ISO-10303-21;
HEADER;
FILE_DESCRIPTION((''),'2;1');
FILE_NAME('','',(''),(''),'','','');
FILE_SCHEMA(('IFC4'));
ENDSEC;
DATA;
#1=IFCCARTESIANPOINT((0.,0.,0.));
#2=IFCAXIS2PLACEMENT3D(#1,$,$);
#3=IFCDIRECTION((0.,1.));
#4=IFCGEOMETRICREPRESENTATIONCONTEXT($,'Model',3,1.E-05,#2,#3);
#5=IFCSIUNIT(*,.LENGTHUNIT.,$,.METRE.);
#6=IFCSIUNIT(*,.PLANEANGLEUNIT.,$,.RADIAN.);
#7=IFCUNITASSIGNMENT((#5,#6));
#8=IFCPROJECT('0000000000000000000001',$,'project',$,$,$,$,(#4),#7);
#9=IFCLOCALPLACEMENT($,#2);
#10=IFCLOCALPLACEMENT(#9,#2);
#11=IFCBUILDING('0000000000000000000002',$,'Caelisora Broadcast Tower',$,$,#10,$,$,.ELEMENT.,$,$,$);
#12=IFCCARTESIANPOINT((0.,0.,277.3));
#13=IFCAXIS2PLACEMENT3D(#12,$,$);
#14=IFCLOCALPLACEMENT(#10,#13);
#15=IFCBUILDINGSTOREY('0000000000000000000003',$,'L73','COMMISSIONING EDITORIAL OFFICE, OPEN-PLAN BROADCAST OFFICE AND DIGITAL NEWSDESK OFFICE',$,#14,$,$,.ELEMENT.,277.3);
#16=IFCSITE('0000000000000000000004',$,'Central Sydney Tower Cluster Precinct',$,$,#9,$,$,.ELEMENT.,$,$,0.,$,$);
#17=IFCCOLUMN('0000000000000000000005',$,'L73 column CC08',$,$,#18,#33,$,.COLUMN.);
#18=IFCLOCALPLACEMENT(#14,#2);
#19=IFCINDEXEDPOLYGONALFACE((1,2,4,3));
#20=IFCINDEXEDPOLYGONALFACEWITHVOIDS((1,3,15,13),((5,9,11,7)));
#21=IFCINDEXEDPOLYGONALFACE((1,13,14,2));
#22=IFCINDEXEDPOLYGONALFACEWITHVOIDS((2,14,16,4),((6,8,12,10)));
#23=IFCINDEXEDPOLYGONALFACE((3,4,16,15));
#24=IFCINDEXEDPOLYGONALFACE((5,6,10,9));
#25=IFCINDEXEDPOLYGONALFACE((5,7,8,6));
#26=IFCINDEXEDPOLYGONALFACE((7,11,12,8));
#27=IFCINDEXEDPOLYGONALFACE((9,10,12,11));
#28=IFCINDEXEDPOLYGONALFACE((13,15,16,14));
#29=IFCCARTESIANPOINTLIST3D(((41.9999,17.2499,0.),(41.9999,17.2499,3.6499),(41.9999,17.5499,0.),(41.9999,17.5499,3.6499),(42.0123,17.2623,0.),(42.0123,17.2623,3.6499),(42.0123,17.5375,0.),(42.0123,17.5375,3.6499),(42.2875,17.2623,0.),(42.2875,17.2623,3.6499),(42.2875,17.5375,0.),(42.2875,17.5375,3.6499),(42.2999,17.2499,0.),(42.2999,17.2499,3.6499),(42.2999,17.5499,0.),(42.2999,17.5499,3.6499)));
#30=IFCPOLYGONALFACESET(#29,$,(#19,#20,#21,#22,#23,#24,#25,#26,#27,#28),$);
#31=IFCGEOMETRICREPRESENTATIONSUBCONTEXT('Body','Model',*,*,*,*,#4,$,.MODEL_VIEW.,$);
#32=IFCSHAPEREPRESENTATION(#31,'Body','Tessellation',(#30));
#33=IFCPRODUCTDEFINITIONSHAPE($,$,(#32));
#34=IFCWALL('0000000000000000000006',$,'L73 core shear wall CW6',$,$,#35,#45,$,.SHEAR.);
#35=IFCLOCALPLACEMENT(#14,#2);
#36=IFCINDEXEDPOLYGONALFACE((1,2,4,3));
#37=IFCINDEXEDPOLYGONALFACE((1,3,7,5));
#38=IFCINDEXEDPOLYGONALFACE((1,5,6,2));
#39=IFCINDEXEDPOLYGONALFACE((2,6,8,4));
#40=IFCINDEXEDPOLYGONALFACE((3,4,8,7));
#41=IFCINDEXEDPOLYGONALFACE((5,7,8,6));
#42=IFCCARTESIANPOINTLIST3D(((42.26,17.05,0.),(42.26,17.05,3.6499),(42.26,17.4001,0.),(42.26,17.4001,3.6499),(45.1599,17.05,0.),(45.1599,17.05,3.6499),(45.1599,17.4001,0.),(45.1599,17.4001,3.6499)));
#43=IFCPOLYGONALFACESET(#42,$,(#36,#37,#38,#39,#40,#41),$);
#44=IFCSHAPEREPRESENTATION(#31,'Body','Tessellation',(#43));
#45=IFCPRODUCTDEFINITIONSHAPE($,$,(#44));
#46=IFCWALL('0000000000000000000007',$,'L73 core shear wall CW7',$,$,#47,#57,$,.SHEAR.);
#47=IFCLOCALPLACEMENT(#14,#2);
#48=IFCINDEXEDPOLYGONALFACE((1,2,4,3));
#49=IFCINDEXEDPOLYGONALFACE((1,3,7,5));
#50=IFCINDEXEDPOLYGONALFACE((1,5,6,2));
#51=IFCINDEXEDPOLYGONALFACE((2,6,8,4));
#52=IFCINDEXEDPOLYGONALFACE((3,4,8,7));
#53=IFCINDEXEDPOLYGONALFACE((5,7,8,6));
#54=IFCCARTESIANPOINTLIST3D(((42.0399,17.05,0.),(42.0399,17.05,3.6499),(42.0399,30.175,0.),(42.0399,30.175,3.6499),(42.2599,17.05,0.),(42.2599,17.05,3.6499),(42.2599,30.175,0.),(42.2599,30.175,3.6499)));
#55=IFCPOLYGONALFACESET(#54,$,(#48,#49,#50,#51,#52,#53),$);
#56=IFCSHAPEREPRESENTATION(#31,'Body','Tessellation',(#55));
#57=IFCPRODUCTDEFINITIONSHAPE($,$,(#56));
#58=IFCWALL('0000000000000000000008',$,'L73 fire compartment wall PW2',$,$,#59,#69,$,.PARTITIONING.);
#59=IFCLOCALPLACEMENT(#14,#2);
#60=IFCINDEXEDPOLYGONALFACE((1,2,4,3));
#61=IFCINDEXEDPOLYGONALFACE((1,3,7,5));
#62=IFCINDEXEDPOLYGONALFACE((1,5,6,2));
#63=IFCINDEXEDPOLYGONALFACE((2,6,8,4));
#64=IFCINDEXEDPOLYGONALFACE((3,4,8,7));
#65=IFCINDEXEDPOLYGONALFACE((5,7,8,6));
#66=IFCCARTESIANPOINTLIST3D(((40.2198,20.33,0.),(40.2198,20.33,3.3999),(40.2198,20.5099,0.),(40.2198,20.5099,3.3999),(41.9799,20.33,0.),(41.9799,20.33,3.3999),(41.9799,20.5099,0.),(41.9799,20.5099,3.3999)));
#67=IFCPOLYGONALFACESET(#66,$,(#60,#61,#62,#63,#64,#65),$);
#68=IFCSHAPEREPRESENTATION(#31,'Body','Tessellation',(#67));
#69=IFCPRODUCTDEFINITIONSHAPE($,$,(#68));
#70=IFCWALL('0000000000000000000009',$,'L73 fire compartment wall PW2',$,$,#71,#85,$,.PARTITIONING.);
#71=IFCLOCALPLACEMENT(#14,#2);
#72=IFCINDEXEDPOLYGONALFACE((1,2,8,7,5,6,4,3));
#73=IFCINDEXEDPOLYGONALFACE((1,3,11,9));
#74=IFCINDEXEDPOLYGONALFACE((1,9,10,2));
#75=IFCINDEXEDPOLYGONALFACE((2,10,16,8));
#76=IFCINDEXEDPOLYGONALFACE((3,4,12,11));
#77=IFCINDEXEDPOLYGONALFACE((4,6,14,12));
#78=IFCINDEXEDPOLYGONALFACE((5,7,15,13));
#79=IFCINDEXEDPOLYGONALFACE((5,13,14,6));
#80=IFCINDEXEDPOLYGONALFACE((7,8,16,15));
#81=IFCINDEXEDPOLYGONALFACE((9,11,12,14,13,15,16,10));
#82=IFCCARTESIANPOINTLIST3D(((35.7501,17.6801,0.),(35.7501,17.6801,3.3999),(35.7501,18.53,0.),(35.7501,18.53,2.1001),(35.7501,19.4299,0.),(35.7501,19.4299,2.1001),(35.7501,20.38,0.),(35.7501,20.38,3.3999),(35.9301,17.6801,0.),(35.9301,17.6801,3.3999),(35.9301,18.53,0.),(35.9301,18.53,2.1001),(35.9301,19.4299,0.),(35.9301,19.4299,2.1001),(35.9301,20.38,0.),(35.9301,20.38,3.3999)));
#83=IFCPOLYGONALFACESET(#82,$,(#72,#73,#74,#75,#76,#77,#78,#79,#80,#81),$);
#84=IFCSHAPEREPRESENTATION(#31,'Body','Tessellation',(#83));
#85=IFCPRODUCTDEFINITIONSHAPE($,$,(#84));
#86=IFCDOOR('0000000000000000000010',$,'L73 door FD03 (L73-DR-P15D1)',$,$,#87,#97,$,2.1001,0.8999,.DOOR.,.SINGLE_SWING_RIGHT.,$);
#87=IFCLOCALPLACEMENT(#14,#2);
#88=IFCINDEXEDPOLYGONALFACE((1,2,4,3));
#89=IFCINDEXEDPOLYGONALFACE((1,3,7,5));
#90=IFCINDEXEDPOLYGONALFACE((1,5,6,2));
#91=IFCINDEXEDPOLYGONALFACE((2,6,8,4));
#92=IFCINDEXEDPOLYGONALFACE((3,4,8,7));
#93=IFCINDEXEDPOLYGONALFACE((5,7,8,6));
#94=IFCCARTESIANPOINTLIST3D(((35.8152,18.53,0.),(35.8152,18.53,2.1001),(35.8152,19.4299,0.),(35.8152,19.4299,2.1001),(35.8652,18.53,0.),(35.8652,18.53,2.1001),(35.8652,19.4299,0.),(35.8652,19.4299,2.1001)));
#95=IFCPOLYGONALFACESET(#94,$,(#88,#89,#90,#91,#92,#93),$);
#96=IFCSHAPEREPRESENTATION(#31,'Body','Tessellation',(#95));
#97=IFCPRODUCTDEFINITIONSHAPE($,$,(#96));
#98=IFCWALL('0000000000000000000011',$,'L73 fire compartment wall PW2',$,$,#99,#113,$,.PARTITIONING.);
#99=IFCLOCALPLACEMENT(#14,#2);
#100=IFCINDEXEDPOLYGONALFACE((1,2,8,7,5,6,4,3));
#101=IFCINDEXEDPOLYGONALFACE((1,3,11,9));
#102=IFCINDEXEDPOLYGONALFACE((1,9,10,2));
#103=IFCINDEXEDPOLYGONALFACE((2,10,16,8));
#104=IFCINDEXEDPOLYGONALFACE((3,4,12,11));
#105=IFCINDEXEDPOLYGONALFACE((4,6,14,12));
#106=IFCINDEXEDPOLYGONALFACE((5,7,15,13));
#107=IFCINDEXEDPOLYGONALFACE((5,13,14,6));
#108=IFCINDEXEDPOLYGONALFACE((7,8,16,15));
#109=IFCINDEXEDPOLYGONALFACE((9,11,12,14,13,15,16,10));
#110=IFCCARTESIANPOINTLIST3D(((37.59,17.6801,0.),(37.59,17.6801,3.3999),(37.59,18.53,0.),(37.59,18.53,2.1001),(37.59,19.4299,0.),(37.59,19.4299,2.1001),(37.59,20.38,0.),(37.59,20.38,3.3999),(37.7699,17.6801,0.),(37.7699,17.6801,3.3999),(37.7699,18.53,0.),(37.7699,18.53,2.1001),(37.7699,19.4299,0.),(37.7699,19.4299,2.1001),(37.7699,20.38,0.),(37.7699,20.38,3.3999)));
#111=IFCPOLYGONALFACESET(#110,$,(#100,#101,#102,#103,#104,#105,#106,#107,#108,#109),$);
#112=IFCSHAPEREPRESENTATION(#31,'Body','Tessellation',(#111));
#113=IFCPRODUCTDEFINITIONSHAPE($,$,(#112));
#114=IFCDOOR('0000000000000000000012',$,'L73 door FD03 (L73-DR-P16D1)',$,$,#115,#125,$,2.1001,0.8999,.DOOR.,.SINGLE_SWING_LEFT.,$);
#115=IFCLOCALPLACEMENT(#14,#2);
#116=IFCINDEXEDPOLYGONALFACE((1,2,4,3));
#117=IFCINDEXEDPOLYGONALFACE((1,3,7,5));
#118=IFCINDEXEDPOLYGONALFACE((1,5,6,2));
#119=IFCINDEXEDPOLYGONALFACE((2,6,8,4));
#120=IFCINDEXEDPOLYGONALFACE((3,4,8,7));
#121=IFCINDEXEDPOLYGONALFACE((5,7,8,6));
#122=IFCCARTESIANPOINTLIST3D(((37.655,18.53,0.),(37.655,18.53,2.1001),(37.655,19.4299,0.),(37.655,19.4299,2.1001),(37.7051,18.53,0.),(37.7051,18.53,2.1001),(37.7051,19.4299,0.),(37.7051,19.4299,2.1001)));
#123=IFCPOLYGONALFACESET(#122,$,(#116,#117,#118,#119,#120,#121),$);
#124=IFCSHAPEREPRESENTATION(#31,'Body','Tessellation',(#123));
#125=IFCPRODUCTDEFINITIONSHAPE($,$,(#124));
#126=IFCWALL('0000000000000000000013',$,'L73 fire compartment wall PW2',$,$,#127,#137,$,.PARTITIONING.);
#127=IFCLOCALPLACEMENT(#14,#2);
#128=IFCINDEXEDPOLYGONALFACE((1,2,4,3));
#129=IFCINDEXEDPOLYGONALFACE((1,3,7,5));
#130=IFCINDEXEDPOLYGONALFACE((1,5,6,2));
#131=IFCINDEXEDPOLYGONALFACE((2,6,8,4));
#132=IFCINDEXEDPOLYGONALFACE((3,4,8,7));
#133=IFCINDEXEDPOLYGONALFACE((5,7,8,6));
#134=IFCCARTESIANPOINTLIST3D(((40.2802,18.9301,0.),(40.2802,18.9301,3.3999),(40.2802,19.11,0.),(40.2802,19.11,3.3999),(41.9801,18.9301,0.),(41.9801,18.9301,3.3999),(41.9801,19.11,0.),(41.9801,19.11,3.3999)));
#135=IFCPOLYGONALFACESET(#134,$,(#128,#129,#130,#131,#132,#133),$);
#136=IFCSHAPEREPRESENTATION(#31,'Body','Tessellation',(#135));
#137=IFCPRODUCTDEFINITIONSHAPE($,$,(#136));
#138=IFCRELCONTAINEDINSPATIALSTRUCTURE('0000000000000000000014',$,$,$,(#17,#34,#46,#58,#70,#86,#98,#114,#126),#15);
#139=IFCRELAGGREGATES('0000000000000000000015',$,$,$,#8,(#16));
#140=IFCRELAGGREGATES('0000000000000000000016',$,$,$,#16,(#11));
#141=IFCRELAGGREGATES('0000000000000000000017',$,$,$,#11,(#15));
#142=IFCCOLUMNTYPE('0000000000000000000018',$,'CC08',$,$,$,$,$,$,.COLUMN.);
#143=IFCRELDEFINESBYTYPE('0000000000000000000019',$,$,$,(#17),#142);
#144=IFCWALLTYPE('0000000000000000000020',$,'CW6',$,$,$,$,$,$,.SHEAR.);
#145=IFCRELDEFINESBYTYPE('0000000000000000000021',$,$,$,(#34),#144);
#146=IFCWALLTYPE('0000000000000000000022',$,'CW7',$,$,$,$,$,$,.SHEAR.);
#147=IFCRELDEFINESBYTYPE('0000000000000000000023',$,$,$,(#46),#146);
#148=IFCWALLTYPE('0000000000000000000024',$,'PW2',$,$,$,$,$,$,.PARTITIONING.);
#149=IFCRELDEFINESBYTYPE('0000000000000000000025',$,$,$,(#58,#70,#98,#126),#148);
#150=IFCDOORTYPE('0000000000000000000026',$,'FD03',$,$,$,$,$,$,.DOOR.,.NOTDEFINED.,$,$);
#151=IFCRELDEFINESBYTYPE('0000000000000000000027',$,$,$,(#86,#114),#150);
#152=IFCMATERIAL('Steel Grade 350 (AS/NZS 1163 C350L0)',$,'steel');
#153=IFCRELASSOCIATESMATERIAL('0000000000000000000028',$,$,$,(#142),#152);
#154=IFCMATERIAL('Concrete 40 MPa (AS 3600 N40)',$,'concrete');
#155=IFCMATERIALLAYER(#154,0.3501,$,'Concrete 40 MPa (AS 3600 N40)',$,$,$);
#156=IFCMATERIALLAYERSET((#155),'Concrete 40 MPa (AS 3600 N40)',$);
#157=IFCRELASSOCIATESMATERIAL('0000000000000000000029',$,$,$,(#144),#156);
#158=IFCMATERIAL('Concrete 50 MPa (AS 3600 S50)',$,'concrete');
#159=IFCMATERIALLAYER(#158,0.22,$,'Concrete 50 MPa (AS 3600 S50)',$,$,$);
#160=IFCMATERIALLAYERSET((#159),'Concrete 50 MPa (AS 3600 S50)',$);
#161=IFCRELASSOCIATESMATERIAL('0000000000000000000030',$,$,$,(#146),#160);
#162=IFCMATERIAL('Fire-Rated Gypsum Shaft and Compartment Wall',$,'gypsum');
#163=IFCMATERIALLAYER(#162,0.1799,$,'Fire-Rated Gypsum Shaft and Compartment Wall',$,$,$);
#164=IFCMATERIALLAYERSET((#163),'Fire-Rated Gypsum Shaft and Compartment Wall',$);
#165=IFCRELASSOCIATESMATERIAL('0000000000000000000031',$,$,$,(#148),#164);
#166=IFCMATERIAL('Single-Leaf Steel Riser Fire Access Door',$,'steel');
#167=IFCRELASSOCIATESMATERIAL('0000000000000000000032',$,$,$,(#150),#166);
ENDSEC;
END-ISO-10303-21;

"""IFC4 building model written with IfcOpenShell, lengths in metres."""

from ifc_helpers import new_model, si_unit, direction, frame, frame_2d, origin, origin_2d, place, context, subcontext, project, spatial, rectangle, hollow_rectangle, extrude, source, transform, mapped, material, layer, layer_set, material_profile, profile_set, type_object, type_shapes, element, fill, save


model = new_model("IFC4")

# Units and contexts
model_context = context("Model", 3, precision=1e-05, world=origin(), true_north=direction((0.0, 1.0)))
body_context = subcontext(model_context, "Body", "Model", "MODEL_VIEW")
ifc_project = project(units=[si_unit("LENGTHUNIT", "METRE"), si_unit("PLANEANGLEUNIT", "RADIAN")], contexts=[model_context])

# Site, building, storey
site_placement = place(None, origin())
site = spatial("IfcSite", under=ifc_project, at=site_placement, Name="Central Sydney Tower Cluster Precinct", CompositionType="ELEMENT", RefElevation=0.0)
building_placement = place(site_placement, origin())
building = spatial("IfcBuilding", under=site, at=building_placement, Name="Caelisora Broadcast Tower", CompositionType="ELEMENT")
storey_placement = place(building_placement, frame((0.0, 0.0, 277.3)))
storey = spatial("IfcBuildingStorey", under=building, at=storey_placement, Name="L73", Description="COMMISSIONING EDITORIAL OFFICE, OPEN-PLAN BROADCAST OFFICE AND DIGITAL NEWSDESK OFFICE", CompositionType="ELEMENT", Elevation=277.3)

# Column
ifc_material_1 = material(Name="Steel Grade 350 (AS/NZS 1163 C350L0)", Category="steel")
ifc_material_profile = material_profile(ifc_material_1, hollow_rectangle(XDim=0.3, YDim=0.3, WallThickness=0.0125, at=origin_2d()), Name="Steel Grade 350 (AS/NZS 1163 C350L0)")
ifc_profile_set = profile_set([ifc_material_profile], Name="Steel Grade 350 (AS/NZS 1163 C350L0)")
column_type = type_object("IfcColumnType", Name="CC08", PredefinedType="COLUMN", material=ifc_profile_set)
shared_shape = source(origin(), body_context, "Body", "SweptSolid", [
    extrude(hollow_rectangle(XDim=0.3, YDim=0.3, WallThickness=0.0125, at=origin_2d()), origin(), (0.0, 0.0, 1.0), 3.6499),
])
type_shapes(column_type, [shared_shape])
column_placement = place(storey_placement, frame((42.1499, 17.3999, 0.0), z_axis=(0.0, 0.0, 1.0), x_axis=(1.0, 0.0, 0.0)))
element("IfcColumn", 1, at=column_placement, inside=storey, type_object=column_type, Name="L73 column CC08", PredefinedType="COLUMN", context=body_context, shape_type="MappedRepresentation", body=[
    mapped(shared_shape, transform((0.0, 0.0, 0.0), scale=1.0)),
])

# Walls
ifc_material_2 = material(Name="Concrete 40 MPa (AS 3600 N40)", Category="concrete")
ifc_layer_1 = layer(ifc_material_2, 0.3501, Name="Concrete 40 MPa (AS 3600 N40)")
ifc_layer_set_1 = layer_set([ifc_layer_1], Name="Concrete 40 MPa (AS 3600 N40)")
wall_type_1 = type_object("IfcWallType", Name="CW6", PredefinedType="SHEAR", material=ifc_layer_set_1)
wall_1_placement = place(storey_placement, frame((42.26, 17.2251, 0.0), z_axis=(0.0, 0.0, 1.0), x_axis=(1.0, 0.0, 0.0)))
element("IfcWall", 2, at=wall_1_placement, inside=storey, type_object=wall_type_1, Name="L73 core shear wall CW6", PredefinedType="SHEAR", context=body_context, shape_type="SweptSolid", body=[
    extrude(rectangle(XDim=2.8999, YDim=0.3501, at=frame_2d((1.45, 0.0))), origin(), (0.0, 0.0, 1.0), 3.6499),
])
ifc_material_3 = material(Name="Concrete 50 MPa (AS 3600 S50)", Category="concrete")
ifc_layer_2 = layer(ifc_material_3, 0.22, Name="Concrete 50 MPa (AS 3600 S50)")
ifc_layer_set_2 = layer_set([ifc_layer_2], Name="Concrete 50 MPa (AS 3600 S50)")
wall_type_2 = type_object("IfcWallType", Name="CW7", PredefinedType="SHEAR", material=ifc_layer_set_2)
wall_2_placement = place(storey_placement, frame((42.1499, 17.05, 0.0), z_axis=(0.0, 0.0, 1.0), x_axis=(0.0, 1.0, 0.0)))
element("IfcWall", 3, at=wall_2_placement, inside=storey, type_object=wall_type_2, Name="L73 core shear wall CW7", PredefinedType="SHEAR", context=body_context, shape_type="SweptSolid", body=[
    extrude(rectangle(XDim=13.125, YDim=0.22, at=frame_2d((6.5625, 0.0))), origin(), (0.0, 0.0, 1.0), 3.6499),
])
ifc_material_4 = material(Name="Fire-Rated Gypsum Shaft and Compartment Wall", Category="gypsum")
ifc_layer_3 = layer(ifc_material_4, 0.1799, Name="Fire-Rated Gypsum Shaft and Compartment Wall")
ifc_layer_set_3 = layer_set([ifc_layer_3], Name="Fire-Rated Gypsum Shaft and Compartment Wall")
wall_type_3 = type_object("IfcWallType", Name="PW2", PredefinedType="PARTITIONING", material=ifc_layer_set_3)
wall_3_placement = place(storey_placement, frame((40.22, 20.4199, 0.0), z_axis=(0.0, 0.0, 1.0), x_axis=(1.0, 0.0, 0.0)))
element("IfcWall", 4, at=wall_3_placement, inside=storey, type_object=wall_type_3, Name="L73 fire compartment wall PW2", PredefinedType="PARTITIONING", context=body_context, shape_type="SweptSolid", body=[
    extrude(rectangle(XDim=1.76, YDim=0.1799, at=frame_2d((0.8799, 0.0))), origin(), (0.0, 0.0, 1.0), 3.3999),
])

# Walls, openings, doors
wall_4_placement = place(storey_placement, frame((35.8401, 17.6799, 0.0), z_axis=(0.0, 0.0, 1.0), x_axis=(0.0, 1.0, 0.0)))
wall_4 = element("IfcWall", 5, at=wall_4_placement, inside=storey, type_object=wall_type_3, Name="L73 fire compartment wall PW2", PredefinedType="PARTITIONING", context=body_context, shape_type="SweptSolid", body=[
    extrude(rectangle(XDim=2.7, YDim=0.1799, at=frame_2d((1.3501, 0.0))), origin(), (0.0, 0.0, 1.0), 3.3999),
])
opening_1_placement = place(wall_4_placement, frame((0.8501, 0.0, 0.0)))
opening_1 = element("IfcOpeningElement", 6, at=opening_1_placement, cuts=wall_4, PredefinedType="OPENING", context=body_context, shape_type="SweptSolid", body=[
    extrude(rectangle(XDim=0.8999, YDim=2.1001, at=frame_2d((0.45, 1.05))), frame((0.0, 0.1021, 0.0), z_axis=(0.0, -1.0, 0.0), x_axis=(1.0, 0.0, 0.0)), (0.0, 0.0, 1.0), 0.2039),
])
ifc_material_5 = material(Name="Single-Leaf Steel Riser Fire Access Door", Category="steel")
door_type = type_object("IfcDoorType", Name="FD03", OperationType="NOTDEFINED", PredefinedType="DOOR", material=ifc_material_5)
door_1_placement = place(opening_1_placement, origin())
door_1 = element("IfcDoor", 7, at=door_1_placement, inside=storey, type_object=door_type, Name="L73 door FD03 (L73-DR-P15D1)", OperationType="SINGLE_SWING_RIGHT", OverallHeight=2.1001, OverallWidth=0.8999, PredefinedType="DOOR", context=body_context, shape_type="SweptSolid", body=[
    extrude(rectangle(XDim=0.8999, YDim=2.1001, at=frame_2d((0.45, 1.05))), frame((0.0, 0.0249, 0.0), z_axis=(0.0, -1.0, 0.0), x_axis=(1.0, 0.0, 0.0)), (0.0, 0.0, 1.0), 0.05),
])
fill(opening_1, door_1)
wall_5_placement = place(storey_placement, frame((37.6799, 17.6799, 0.0), z_axis=(0.0, 0.0, 1.0), x_axis=(0.0, 1.0, 0.0)))
wall_5 = element("IfcWall", 8, at=wall_5_placement, inside=storey, type_object=wall_type_3, Name="L73 fire compartment wall PW2", PredefinedType="PARTITIONING", context=body_context, shape_type="SweptSolid", body=[
    extrude(rectangle(XDim=2.7, YDim=0.1799, at=frame_2d((1.3501, 0.0))), origin(), (0.0, 0.0, 1.0), 3.3999),
])
opening_2_placement = place(wall_5_placement, frame((0.8501, 0.0, 0.0)))
opening_2 = element("IfcOpeningElement", 9, at=opening_2_placement, cuts=wall_5, PredefinedType="OPENING", context=body_context, shape_type="SweptSolid", body=[
    extrude(rectangle(XDim=0.8999, YDim=2.1001, at=frame_2d((0.45, 1.05))), frame((0.0, 0.1021, 0.0), z_axis=(0.0, -1.0, 0.0), x_axis=(1.0, 0.0, 0.0)), (0.0, 0.0, 1.0), 0.2039),
])
door_2_placement = place(opening_2_placement, origin())
door_2 = element("IfcDoor", 10, at=door_2_placement, inside=storey, type_object=door_type, Name="L73 door FD03 (L73-DR-P16D1)", OperationType="SINGLE_SWING_LEFT", OverallHeight=2.1001, OverallWidth=0.8999, PredefinedType="DOOR", context=body_context, shape_type="SweptSolid", body=[
    extrude(rectangle(XDim=0.8999, YDim=2.1001, at=frame_2d((0.45, 1.05))), frame((0.0, 0.0249, 0.0), z_axis=(0.0, -1.0, 0.0), x_axis=(1.0, 0.0, 0.0)), (0.0, 0.0, 1.0), 0.05),
])
fill(opening_2, door_2)

# Wall
wall_6_placement = place(storey_placement, frame((40.28, 19.02, 0.0), z_axis=(0.0, 0.0, 1.0), x_axis=(1.0, 0.0, 0.0)))
element("IfcWall", 11, at=wall_6_placement, inside=storey, type_object=wall_type_3, Name="L73 fire compartment wall PW2", PredefinedType="PARTITIONING", context=body_context, shape_type="SweptSolid", body=[
    extrude(rectangle(XDim=1.7, YDim=0.1799, at=frame_2d((0.8501, 0.0))), origin(), (0.0, 0.0, 1.0), 3.3999),
])

save(model, "model.ifc")
